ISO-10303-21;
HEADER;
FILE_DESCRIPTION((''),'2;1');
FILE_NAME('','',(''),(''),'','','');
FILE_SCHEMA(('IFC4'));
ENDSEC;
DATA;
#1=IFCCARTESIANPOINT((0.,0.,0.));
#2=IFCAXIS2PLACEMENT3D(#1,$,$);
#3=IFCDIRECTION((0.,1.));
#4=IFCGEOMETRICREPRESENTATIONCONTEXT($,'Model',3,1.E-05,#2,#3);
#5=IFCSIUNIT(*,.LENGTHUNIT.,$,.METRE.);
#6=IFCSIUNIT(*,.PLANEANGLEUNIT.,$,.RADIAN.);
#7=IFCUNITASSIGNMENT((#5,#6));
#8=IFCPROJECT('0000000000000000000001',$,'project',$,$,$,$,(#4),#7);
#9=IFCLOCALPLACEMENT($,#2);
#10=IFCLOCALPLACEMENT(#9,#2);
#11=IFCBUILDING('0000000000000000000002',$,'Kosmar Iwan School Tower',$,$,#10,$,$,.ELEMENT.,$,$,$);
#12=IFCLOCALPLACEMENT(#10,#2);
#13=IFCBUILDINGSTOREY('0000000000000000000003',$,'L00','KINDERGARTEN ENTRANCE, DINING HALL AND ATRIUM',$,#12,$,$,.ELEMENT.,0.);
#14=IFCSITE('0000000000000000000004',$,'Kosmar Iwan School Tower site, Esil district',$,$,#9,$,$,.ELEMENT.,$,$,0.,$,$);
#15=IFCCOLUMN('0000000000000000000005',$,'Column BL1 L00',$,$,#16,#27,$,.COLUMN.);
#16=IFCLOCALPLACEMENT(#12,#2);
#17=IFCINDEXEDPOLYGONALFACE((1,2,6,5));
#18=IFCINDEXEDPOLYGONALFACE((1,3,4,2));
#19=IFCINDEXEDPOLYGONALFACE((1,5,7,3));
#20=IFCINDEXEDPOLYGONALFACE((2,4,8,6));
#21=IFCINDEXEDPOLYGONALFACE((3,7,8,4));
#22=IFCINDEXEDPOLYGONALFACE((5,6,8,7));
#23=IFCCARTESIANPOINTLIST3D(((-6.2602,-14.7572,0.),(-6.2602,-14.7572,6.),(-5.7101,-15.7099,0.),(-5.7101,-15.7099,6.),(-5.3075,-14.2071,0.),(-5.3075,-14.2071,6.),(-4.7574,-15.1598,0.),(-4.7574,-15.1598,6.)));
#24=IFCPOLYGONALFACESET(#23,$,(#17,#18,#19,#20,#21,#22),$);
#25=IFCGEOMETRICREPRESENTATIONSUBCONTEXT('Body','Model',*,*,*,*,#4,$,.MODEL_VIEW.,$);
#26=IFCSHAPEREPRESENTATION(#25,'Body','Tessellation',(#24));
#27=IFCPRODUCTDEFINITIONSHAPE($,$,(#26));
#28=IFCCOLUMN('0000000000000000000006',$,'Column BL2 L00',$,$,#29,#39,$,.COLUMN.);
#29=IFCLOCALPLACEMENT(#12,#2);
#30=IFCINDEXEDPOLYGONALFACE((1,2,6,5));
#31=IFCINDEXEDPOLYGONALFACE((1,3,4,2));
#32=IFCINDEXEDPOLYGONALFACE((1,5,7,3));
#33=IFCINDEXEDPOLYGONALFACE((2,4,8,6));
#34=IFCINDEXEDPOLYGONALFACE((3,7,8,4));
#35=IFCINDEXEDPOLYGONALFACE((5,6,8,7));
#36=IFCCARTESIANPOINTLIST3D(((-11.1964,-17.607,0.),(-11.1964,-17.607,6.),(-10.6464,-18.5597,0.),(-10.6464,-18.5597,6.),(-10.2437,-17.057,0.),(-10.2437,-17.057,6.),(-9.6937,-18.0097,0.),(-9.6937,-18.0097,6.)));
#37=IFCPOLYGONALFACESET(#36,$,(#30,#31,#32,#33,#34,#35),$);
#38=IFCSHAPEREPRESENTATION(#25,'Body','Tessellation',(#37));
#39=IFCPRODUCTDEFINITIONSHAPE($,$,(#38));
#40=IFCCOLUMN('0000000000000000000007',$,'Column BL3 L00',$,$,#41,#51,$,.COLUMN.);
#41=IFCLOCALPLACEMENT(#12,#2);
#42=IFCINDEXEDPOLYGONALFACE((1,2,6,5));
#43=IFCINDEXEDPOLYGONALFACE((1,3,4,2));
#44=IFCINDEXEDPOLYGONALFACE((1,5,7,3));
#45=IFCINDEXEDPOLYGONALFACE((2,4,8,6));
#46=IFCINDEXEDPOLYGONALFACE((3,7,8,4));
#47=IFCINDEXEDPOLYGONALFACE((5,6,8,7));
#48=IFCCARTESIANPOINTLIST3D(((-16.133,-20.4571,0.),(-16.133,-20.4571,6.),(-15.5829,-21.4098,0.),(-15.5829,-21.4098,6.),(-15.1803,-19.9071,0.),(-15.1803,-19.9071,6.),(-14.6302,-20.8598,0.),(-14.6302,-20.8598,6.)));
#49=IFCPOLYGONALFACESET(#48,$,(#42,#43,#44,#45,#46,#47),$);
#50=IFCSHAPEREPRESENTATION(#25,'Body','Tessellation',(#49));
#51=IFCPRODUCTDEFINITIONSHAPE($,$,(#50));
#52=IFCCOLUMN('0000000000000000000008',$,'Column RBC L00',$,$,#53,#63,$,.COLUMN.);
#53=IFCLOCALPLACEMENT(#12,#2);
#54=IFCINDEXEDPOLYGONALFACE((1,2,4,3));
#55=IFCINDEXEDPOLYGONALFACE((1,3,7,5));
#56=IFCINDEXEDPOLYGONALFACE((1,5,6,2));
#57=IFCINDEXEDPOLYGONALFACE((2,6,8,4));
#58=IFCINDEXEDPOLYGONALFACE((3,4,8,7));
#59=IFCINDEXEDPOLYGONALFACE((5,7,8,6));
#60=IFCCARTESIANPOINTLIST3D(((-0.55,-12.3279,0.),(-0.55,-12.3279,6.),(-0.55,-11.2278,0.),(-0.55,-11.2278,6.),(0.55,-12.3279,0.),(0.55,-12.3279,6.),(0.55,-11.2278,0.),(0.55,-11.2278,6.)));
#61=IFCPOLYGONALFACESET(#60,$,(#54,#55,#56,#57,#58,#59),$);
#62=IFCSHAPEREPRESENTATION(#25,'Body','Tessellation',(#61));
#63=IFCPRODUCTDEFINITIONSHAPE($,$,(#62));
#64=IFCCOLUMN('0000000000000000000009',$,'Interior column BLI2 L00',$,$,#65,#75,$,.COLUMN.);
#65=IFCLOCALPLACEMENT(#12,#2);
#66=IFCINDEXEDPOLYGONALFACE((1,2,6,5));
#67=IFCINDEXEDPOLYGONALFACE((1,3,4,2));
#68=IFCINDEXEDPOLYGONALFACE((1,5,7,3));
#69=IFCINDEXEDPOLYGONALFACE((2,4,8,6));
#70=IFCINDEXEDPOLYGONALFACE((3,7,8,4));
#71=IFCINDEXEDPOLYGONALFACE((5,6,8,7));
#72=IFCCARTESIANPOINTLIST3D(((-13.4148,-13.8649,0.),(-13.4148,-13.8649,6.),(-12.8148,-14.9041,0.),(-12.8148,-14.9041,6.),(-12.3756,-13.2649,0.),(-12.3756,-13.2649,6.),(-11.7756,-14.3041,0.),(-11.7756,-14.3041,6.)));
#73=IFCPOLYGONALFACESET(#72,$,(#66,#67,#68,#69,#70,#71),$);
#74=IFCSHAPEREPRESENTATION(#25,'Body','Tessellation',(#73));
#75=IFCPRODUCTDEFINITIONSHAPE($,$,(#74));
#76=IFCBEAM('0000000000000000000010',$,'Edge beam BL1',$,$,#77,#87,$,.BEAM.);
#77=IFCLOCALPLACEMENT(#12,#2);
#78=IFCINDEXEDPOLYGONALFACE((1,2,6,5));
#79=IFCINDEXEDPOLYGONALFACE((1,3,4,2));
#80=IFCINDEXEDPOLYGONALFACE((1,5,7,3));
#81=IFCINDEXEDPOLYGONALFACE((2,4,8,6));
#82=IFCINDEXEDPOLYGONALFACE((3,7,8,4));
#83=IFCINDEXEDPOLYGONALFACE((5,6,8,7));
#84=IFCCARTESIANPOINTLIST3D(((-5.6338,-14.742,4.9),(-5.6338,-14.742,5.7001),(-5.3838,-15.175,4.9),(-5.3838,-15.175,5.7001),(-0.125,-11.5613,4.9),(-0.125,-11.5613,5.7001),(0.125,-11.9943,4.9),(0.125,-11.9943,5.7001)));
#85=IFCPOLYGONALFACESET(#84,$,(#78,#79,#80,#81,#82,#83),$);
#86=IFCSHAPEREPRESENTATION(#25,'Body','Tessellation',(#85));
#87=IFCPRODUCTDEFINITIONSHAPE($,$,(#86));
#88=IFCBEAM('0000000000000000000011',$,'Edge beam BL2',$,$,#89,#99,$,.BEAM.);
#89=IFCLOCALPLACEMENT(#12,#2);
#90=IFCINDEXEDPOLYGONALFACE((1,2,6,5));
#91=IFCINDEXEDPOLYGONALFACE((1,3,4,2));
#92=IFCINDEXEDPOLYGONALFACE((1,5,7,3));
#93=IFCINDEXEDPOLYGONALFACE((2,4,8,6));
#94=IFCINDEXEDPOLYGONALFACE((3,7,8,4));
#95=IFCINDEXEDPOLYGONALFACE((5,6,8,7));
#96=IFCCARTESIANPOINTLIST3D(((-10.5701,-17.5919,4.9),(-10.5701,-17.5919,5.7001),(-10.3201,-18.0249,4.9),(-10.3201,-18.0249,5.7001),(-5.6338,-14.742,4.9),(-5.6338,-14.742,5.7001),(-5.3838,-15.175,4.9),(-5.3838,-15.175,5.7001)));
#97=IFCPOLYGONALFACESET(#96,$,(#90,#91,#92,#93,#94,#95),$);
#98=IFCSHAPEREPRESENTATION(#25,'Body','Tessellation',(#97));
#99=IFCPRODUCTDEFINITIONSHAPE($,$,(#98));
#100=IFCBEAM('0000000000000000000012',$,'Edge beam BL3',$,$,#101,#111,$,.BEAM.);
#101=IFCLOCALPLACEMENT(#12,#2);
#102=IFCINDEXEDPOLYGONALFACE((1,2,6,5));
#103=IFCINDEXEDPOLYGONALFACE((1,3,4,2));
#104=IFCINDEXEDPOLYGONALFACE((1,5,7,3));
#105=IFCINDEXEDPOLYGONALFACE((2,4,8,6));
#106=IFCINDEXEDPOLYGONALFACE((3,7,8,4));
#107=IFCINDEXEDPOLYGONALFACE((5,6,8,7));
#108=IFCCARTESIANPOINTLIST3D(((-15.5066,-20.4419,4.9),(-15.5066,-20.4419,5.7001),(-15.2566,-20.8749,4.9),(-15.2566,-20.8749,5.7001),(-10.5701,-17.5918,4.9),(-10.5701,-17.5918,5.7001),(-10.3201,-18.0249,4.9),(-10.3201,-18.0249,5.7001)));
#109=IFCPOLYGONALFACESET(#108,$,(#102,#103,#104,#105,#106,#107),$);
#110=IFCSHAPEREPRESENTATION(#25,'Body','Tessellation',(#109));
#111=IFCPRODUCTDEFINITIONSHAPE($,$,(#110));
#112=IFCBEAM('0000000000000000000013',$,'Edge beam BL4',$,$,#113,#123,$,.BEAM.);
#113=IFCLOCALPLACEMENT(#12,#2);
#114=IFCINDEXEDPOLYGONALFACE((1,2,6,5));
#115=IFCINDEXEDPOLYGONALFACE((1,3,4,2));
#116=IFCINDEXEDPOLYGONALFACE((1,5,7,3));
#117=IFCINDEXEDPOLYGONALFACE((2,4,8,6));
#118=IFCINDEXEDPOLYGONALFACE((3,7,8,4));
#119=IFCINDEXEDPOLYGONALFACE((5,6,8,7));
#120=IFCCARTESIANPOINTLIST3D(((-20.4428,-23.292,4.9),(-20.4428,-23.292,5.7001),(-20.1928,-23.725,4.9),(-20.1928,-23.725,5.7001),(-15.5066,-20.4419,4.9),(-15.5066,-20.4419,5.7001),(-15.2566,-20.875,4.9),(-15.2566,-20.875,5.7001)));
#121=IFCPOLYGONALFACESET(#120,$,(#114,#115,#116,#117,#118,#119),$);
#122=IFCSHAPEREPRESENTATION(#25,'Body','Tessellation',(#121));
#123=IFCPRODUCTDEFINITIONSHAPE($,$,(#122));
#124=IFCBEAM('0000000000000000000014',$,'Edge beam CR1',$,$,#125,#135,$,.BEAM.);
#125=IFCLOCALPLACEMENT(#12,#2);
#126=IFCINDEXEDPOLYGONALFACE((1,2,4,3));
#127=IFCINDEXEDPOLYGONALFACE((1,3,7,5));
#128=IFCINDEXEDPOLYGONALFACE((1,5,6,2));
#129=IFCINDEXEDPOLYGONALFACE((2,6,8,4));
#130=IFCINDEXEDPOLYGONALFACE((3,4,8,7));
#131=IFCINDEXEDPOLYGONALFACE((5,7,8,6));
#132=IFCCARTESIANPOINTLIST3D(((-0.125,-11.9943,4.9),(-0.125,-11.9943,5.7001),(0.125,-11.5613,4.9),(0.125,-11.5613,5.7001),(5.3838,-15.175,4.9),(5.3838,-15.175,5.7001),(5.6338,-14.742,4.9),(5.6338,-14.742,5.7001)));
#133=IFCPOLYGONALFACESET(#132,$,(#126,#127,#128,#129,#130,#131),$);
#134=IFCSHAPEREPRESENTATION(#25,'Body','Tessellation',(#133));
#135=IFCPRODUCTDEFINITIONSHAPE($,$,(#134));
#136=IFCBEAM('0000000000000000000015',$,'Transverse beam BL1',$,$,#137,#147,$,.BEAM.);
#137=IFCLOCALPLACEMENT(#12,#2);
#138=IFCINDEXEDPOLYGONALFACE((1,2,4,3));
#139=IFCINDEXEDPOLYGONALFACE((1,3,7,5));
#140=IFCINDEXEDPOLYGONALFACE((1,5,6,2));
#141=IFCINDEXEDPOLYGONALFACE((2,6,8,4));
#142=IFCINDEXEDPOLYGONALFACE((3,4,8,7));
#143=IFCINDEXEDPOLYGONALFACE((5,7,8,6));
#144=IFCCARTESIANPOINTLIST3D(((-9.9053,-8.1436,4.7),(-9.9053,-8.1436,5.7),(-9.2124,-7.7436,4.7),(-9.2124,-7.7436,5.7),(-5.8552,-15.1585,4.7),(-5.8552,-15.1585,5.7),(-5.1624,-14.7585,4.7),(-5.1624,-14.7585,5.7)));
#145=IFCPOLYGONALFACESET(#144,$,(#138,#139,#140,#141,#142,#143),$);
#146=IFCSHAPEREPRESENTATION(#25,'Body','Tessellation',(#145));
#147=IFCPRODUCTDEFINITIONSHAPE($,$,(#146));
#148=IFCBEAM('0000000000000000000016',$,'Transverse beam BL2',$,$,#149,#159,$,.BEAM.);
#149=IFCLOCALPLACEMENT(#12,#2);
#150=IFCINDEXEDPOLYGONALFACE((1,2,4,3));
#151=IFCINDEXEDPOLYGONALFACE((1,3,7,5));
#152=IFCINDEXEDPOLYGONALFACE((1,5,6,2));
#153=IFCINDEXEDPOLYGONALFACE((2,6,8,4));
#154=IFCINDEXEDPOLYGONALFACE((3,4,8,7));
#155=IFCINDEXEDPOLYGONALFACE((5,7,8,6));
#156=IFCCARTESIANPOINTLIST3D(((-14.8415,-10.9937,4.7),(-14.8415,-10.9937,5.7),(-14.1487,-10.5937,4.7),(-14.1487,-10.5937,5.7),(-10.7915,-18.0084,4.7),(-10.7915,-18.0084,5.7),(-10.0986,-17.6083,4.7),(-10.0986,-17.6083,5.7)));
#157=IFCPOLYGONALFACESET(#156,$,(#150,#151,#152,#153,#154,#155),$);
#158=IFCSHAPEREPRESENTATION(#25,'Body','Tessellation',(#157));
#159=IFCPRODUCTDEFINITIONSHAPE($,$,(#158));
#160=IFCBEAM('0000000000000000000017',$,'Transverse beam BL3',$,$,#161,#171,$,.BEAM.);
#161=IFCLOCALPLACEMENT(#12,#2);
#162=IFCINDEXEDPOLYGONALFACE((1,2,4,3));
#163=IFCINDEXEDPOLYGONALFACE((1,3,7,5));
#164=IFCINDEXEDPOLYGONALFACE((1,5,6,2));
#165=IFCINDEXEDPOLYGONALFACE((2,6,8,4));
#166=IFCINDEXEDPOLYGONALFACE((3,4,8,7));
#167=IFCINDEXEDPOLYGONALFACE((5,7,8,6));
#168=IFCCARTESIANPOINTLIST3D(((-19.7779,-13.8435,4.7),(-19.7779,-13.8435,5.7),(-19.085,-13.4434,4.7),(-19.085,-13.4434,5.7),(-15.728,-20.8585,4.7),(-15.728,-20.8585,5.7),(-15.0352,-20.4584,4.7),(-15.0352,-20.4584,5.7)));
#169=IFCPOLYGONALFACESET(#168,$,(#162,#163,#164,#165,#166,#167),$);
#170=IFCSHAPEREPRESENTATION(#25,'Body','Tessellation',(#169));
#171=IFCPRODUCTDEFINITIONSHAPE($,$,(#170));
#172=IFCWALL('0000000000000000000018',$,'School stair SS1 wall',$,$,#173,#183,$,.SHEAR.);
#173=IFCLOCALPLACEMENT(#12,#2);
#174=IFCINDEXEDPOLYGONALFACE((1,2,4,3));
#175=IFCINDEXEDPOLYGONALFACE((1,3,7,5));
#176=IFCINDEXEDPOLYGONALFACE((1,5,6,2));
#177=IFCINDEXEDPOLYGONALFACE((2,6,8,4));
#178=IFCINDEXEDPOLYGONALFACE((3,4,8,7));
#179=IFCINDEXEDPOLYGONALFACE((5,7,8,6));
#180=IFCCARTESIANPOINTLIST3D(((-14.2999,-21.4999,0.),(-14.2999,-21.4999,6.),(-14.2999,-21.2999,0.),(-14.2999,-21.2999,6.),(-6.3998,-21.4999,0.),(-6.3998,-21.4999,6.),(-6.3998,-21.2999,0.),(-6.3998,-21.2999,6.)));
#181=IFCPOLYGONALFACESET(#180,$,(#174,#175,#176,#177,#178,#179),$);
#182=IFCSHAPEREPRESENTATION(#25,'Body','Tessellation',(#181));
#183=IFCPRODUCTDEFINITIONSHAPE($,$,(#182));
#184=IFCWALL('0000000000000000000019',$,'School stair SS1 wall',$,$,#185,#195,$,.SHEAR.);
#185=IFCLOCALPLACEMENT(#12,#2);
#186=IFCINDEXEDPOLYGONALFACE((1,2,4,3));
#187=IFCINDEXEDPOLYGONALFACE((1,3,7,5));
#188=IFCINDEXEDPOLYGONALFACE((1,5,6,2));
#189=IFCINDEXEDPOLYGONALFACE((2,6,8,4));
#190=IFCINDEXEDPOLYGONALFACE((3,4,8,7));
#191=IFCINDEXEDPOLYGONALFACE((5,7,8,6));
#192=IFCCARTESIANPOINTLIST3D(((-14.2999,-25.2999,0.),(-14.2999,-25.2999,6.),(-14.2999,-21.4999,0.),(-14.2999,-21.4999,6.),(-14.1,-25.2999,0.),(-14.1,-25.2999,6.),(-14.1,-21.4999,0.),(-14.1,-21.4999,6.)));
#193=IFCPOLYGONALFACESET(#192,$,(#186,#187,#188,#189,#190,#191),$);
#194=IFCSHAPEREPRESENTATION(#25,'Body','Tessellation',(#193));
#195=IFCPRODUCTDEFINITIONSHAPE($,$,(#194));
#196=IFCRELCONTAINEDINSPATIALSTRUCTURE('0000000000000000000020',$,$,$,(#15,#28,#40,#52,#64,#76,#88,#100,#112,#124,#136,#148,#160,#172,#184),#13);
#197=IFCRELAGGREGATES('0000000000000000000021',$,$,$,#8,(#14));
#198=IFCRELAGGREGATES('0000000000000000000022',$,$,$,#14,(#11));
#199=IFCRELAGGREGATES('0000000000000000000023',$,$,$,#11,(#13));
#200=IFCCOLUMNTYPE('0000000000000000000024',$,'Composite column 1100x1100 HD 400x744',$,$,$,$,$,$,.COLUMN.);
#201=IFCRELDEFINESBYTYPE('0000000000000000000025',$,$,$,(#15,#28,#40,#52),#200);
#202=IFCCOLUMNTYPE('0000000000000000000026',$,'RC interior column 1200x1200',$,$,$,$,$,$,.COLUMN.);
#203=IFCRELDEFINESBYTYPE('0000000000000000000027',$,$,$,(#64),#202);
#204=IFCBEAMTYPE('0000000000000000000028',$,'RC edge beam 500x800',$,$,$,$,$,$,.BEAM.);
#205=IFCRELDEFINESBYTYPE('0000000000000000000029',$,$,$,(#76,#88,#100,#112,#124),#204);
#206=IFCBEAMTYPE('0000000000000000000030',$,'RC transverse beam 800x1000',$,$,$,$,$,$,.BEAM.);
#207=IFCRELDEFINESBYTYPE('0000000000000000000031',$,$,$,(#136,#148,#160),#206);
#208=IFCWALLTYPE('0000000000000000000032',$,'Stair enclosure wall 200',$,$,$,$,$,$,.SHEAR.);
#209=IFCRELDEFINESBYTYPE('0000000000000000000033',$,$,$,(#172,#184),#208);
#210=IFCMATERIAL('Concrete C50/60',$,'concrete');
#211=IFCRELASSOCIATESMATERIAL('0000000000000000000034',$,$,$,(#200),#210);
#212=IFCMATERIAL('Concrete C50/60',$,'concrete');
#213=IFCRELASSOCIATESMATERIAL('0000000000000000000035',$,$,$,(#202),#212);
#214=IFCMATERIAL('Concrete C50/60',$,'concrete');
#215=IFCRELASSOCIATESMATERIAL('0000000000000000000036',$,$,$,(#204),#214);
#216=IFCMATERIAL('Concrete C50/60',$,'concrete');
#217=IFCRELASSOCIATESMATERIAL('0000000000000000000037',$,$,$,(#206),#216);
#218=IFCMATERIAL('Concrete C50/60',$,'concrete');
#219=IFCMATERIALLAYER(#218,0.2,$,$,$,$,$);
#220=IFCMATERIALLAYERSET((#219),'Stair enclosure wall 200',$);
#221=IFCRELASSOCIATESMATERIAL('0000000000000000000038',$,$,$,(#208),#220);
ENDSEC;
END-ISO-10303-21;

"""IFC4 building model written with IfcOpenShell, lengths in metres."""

from ifc_helpers import new_model, si_unit, direction, frame, frame_2d, origin, origin_2d, place, context, subcontext, project, spatial, rectangle, extrude, material, layer, layer_set, material_profile, profile_set, type_object, element, save


model = new_model("IFC4")

# Units and contexts
model_context = context("Model", 3, precision=1e-05, world=origin(), true_north=direction((0.0, 1.0)))
body_context = subcontext(model_context, "Body", "Model", "MODEL_VIEW")
ifc_project = project(units=[si_unit("LENGTHUNIT", "METRE"), si_unit("PLANEANGLEUNIT", "RADIAN")], contexts=[model_context])

# Site, building, storey
site_placement = place(None, origin())
site = spatial("IfcSite", under=ifc_project, at=site_placement, Name="Kosmar Iwan School Tower site, Esil district", CompositionType="ELEMENT", RefElevation=0.0)
building_placement = place(site_placement, origin())
building = spatial("IfcBuilding", under=site, at=building_placement, Name="Kosmar Iwan School Tower", CompositionType="ELEMENT")
storey_placement = place(building_placement, origin())
storey = spatial("IfcBuildingStorey", under=building, at=storey_placement, Name="L00", Description="KINDERGARTEN ENTRANCE, DINING HALL AND ATRIUM", CompositionType="ELEMENT", Elevation=0.0)

# Columns
ifc_material_1 = material(Name="Concrete C50/60", Category="concrete")
ifc_material_profile_1 = material_profile(ifc_material_1, rectangle(XDim=1.1001, YDim=1.1001, at=origin_2d()), Name="RC 1100x1100 + HD 400x744")
ifc_profile_set_1 = profile_set([ifc_material_profile_1], Name="Concrete C50/60")
column_type_1 = type_object("IfcColumnType", Name="Composite column 1100x1100 HD 400x744", PredefinedType="COLUMN", material=ifc_profile_set_1)
for number, where, z_axis, x_axis, name in (
    (1, (-5.5088, -14.9585, 0.0), (0.0, 0.0, 1.0), (-0.866025, -0.5, 0.0), "Column BL1 L00"),
    (2, (-10.4451, -17.8083, 0.0), (0.0, 0.0, 1.0), (-0.866025, -0.5, 0.0), "Column BL2 L00"),
    (3, (-15.3816, -20.6584, 0.0), (0.0, 0.0, 1.0), (-0.866025, -0.5, 0.0), "Column BL3 L00"),
    (4, (0.0, -11.7778, 0.0), (0.0, 0.0, 1.0), (1.0, 0.0, 0.0), "Column RBC L00"),
):
    element("IfcColumn", number, at=place(storey_placement, frame(where, z_axis=z_axis, x_axis=x_axis)), inside=storey, type_object=column_type_1, Name=name, PredefinedType="COLUMN", context=body_context, shape_type="SweptSolid", body=[
        extrude(rectangle(XDim=1.1001, YDim=1.1001, at=origin_2d()), origin(), (0.0, 0.0, 1.0), 6.0),
    ])
ifc_material_2 = material(Name="Concrete C50/60", Category="concrete")
ifc_material_profile_2 = material_profile(ifc_material_2, rectangle(XDim=1.2, YDim=1.2, at=origin_2d()), Name="RC 1200x1200")
ifc_profile_set_2 = profile_set([ifc_material_profile_2], Name="Concrete C50/60")
column_type_2 = type_object("IfcColumnType", Name="RC interior column 1200x1200", PredefinedType="COLUMN", material=ifc_profile_set_2)
column_placement = place(storey_placement, frame((-12.5952, -14.0845, 0.0), z_axis=(0.0, 0.0, 1.0), x_axis=(-0.866025, -0.5, 0.0)))
element("IfcColumn", 5, at=column_placement, inside=storey, type_object=column_type_2, Name="Interior column BLI2 L00", PredefinedType="COLUMN", context=body_context, shape_type="SweptSolid", body=[
    extrude(rectangle(XDim=1.2, YDim=1.2, at=origin_2d()), origin(), (0.0, 0.0, 1.0), 6.0),
])

# Beams
ifc_material_3 = material(Name="Concrete C50/60", Category="concrete")
ifc_material_profile_3 = material_profile(ifc_material_3, rectangle(XDim=0.5, YDim=0.8, at=origin_2d()), Name="RC 500x800")
ifc_profile_set_3 = profile_set([ifc_material_profile_3], Name="Concrete C50/60")
beam_type_1 = type_object("IfcBeamType", Name="RC edge beam 500x800", PredefinedType="BEAM", material=ifc_profile_set_3)
beam_1_placement = place(storey_placement, frame((0.0, -11.7778, 5.3), z_axis=(-0.866014, -0.500019, 0.0), x_axis=(0.500019, -0.866014, 0.0)))
element("IfcBeam", 6, at=beam_1_placement, inside=storey, type_object=beam_type_1, Name="Edge beam BL1", PredefinedType="BEAM", context=body_context, shape_type="SweptSolid", body=[
    extrude(rectangle(XDim=0.5, YDim=0.8, at=origin_2d()), origin(), (0.0, 0.0, 1.0), 6.3611),
])
beam_2_placement = place(storey_placement, frame((-5.5088, -14.9585, 5.3), z_axis=(-0.866034, -0.499986, 0.0), x_axis=(0.499986, -0.866034, 0.0)))
element("IfcBeam", 7, at=beam_2_placement, inside=storey, type_object=beam_type_1, Name="Edge beam BL2", PredefinedType="BEAM", context=body_context, shape_type="SweptSolid", body=[
    extrude(rectangle(XDim=0.5, YDim=0.8, at=origin_2d()), origin(), (0.0, 0.0, 1.0), 5.7),
])
beam_3_placement = place(storey_placement, frame((-10.4451, -17.8083, 5.3), z_axis=(-0.866026, -0.499999, 0.0), x_axis=(0.499999, -0.866026, 0.0)))
element("IfcBeam", 8, at=beam_3_placement, inside=storey, type_object=beam_type_1, Name="Edge beam BL3", PredefinedType="BEAM", context=body_context, shape_type="SweptSolid", body=[
    extrude(rectangle(XDim=0.5, YDim=0.8, at=origin_2d()), origin(), (0.0, 0.0, 1.0), 5.7002),
])
beam_4_placement = place(storey_placement, frame((-15.3816, -20.6584, 5.3), z_axis=(-0.866015, -0.500018, 0.0), x_axis=(0.500018, -0.866015, 0.0)))
element("IfcBeam", 9, at=beam_4_placement, inside=storey, type_object=beam_type_1, Name="Edge beam BL4", PredefinedType="BEAM", context=body_context, shape_type="SweptSolid", body=[
    extrude(rectangle(XDim=0.5, YDim=0.8, at=origin_2d()), origin(), (0.0, 0.0, 1.0), 5.7),
])
beam_5_placement = place(storey_placement, frame((0.0, -11.7778, 5.3), z_axis=(0.866014, -0.500019, 0.0), x_axis=(0.500019, 0.866014, 0.0)))
element("IfcBeam", 10, at=beam_5_placement, inside=storey, type_object=beam_type_1, Name="Edge beam CR1", PredefinedType="BEAM", context=body_context, shape_type="SweptSolid", body=[
    extrude(rectangle(XDim=0.5, YDim=0.8, at=origin_2d()), origin(), (0.0, 0.0, 1.0), 6.3611),
])
ifc_material_4 = material(Name="Concrete C50/60", Category="concrete")
ifc_material_profile_4 = material_profile(ifc_material_4, rectangle(XDim=0.8, YDim=1.0, at=origin_2d()), Name="RC 800x1000")
ifc_profile_set_4 = profile_set([ifc_material_profile_4], Name="Concrete C50/60")
beam_type_2 = type_object("IfcBeamType", Name="RC transverse beam 800x1000", PredefinedType="BEAM", material=ifc_profile_set_4)
beam_6_placement = place(storey_placement, frame((-5.5088, -14.9585, 5.2), z_axis=(-0.5, 0.866025, 0.0), x_axis=(-0.866025, -0.5, 0.0)))
element("IfcBeam", 11, at=beam_6_placement, inside=storey, type_object=beam_type_2, Name="Transverse beam BL1", PredefinedType="BEAM", context=body_context, shape_type="SweptSolid", body=[
    extrude(rectangle(XDim=0.8, YDim=1.0, at=origin_2d()), origin(), (0.0, 0.0, 1.0), 8.1001),
])
beam_7_placement = place(storey_placement, frame((-10.4451, -17.8083, 5.2), z_axis=(-0.500013, 0.866018, 0.0), x_axis=(-0.866018, -0.500013, 0.0)))
element("IfcBeam", 12, at=beam_7_placement, inside=storey, type_object=beam_type_2, Name="Transverse beam BL2", PredefinedType="BEAM", context=body_context, shape_type="SweptSolid", body=[
    extrude(rectangle(XDim=0.8, YDim=1.0, at=origin_2d()), origin(), (0.0, 0.0, 1.0), 8.0999),
])
beam_8_placement = place(storey_placement, frame((-15.3816, -20.6584, 5.2), z_axis=(-0.499977, 0.866039, 0.0), x_axis=(-0.866039, -0.499977, 0.0)))
element("IfcBeam", 13, at=beam_8_placement, inside=storey, type_object=beam_type_2, Name="Transverse beam BL3", PredefinedType="BEAM", context=body_context, shape_type="SweptSolid", body=[
    extrude(rectangle(XDim=0.8, YDim=1.0, at=origin_2d()), origin(), (0.0, 0.0, 1.0), 8.1001),
])

# Walls
ifc_material_5 = material(Name="Concrete C50/60", Category="concrete")
ifc_layer = layer(ifc_material_5, 0.2)
ifc_layer_set = layer_set([ifc_layer], Name="Stair enclosure wall 200")
wall_type = type_object("IfcWallType", Name="Stair enclosure wall 200", PredefinedType="SHEAR", material=ifc_layer_set)
wall_1_placement = place(storey_placement, frame((-14.3, -21.3999, 0.0), z_axis=(0.0, 0.0, 1.0), x_axis=(1.0, 0.0, 0.0)))
element("IfcWall", 14, at=wall_1_placement, inside=storey, type_object=wall_type, Name="School stair SS1 wall", PredefinedType="SHEAR", context=body_context, shape_type="SweptSolid", body=[
    extrude(rectangle(XDim=7.9001, YDim=0.2, at=frame_2d((3.9502, 0.0))), origin(), (0.0, 0.0, 1.0), 6.0),
])
wall_2_placement = place(storey_placement, frame((-14.2, -21.5, 0.0), z_axis=(0.0, 0.0, 1.0), x_axis=(0.0, -1.0, 0.0)))
element("IfcWall", 15, at=wall_2_placement, inside=storey, type_object=wall_type, Name="School stair SS1 wall", PredefinedType="SHEAR", context=body_context, shape_type="SweptSolid", body=[
    extrude(rectangle(XDim=3.8, YDim=0.2, at=frame_2d((1.8999, 0.0))), origin(), (0.0, 0.0, 1.0), 6.0),
])

save(model, "model.ifc")
